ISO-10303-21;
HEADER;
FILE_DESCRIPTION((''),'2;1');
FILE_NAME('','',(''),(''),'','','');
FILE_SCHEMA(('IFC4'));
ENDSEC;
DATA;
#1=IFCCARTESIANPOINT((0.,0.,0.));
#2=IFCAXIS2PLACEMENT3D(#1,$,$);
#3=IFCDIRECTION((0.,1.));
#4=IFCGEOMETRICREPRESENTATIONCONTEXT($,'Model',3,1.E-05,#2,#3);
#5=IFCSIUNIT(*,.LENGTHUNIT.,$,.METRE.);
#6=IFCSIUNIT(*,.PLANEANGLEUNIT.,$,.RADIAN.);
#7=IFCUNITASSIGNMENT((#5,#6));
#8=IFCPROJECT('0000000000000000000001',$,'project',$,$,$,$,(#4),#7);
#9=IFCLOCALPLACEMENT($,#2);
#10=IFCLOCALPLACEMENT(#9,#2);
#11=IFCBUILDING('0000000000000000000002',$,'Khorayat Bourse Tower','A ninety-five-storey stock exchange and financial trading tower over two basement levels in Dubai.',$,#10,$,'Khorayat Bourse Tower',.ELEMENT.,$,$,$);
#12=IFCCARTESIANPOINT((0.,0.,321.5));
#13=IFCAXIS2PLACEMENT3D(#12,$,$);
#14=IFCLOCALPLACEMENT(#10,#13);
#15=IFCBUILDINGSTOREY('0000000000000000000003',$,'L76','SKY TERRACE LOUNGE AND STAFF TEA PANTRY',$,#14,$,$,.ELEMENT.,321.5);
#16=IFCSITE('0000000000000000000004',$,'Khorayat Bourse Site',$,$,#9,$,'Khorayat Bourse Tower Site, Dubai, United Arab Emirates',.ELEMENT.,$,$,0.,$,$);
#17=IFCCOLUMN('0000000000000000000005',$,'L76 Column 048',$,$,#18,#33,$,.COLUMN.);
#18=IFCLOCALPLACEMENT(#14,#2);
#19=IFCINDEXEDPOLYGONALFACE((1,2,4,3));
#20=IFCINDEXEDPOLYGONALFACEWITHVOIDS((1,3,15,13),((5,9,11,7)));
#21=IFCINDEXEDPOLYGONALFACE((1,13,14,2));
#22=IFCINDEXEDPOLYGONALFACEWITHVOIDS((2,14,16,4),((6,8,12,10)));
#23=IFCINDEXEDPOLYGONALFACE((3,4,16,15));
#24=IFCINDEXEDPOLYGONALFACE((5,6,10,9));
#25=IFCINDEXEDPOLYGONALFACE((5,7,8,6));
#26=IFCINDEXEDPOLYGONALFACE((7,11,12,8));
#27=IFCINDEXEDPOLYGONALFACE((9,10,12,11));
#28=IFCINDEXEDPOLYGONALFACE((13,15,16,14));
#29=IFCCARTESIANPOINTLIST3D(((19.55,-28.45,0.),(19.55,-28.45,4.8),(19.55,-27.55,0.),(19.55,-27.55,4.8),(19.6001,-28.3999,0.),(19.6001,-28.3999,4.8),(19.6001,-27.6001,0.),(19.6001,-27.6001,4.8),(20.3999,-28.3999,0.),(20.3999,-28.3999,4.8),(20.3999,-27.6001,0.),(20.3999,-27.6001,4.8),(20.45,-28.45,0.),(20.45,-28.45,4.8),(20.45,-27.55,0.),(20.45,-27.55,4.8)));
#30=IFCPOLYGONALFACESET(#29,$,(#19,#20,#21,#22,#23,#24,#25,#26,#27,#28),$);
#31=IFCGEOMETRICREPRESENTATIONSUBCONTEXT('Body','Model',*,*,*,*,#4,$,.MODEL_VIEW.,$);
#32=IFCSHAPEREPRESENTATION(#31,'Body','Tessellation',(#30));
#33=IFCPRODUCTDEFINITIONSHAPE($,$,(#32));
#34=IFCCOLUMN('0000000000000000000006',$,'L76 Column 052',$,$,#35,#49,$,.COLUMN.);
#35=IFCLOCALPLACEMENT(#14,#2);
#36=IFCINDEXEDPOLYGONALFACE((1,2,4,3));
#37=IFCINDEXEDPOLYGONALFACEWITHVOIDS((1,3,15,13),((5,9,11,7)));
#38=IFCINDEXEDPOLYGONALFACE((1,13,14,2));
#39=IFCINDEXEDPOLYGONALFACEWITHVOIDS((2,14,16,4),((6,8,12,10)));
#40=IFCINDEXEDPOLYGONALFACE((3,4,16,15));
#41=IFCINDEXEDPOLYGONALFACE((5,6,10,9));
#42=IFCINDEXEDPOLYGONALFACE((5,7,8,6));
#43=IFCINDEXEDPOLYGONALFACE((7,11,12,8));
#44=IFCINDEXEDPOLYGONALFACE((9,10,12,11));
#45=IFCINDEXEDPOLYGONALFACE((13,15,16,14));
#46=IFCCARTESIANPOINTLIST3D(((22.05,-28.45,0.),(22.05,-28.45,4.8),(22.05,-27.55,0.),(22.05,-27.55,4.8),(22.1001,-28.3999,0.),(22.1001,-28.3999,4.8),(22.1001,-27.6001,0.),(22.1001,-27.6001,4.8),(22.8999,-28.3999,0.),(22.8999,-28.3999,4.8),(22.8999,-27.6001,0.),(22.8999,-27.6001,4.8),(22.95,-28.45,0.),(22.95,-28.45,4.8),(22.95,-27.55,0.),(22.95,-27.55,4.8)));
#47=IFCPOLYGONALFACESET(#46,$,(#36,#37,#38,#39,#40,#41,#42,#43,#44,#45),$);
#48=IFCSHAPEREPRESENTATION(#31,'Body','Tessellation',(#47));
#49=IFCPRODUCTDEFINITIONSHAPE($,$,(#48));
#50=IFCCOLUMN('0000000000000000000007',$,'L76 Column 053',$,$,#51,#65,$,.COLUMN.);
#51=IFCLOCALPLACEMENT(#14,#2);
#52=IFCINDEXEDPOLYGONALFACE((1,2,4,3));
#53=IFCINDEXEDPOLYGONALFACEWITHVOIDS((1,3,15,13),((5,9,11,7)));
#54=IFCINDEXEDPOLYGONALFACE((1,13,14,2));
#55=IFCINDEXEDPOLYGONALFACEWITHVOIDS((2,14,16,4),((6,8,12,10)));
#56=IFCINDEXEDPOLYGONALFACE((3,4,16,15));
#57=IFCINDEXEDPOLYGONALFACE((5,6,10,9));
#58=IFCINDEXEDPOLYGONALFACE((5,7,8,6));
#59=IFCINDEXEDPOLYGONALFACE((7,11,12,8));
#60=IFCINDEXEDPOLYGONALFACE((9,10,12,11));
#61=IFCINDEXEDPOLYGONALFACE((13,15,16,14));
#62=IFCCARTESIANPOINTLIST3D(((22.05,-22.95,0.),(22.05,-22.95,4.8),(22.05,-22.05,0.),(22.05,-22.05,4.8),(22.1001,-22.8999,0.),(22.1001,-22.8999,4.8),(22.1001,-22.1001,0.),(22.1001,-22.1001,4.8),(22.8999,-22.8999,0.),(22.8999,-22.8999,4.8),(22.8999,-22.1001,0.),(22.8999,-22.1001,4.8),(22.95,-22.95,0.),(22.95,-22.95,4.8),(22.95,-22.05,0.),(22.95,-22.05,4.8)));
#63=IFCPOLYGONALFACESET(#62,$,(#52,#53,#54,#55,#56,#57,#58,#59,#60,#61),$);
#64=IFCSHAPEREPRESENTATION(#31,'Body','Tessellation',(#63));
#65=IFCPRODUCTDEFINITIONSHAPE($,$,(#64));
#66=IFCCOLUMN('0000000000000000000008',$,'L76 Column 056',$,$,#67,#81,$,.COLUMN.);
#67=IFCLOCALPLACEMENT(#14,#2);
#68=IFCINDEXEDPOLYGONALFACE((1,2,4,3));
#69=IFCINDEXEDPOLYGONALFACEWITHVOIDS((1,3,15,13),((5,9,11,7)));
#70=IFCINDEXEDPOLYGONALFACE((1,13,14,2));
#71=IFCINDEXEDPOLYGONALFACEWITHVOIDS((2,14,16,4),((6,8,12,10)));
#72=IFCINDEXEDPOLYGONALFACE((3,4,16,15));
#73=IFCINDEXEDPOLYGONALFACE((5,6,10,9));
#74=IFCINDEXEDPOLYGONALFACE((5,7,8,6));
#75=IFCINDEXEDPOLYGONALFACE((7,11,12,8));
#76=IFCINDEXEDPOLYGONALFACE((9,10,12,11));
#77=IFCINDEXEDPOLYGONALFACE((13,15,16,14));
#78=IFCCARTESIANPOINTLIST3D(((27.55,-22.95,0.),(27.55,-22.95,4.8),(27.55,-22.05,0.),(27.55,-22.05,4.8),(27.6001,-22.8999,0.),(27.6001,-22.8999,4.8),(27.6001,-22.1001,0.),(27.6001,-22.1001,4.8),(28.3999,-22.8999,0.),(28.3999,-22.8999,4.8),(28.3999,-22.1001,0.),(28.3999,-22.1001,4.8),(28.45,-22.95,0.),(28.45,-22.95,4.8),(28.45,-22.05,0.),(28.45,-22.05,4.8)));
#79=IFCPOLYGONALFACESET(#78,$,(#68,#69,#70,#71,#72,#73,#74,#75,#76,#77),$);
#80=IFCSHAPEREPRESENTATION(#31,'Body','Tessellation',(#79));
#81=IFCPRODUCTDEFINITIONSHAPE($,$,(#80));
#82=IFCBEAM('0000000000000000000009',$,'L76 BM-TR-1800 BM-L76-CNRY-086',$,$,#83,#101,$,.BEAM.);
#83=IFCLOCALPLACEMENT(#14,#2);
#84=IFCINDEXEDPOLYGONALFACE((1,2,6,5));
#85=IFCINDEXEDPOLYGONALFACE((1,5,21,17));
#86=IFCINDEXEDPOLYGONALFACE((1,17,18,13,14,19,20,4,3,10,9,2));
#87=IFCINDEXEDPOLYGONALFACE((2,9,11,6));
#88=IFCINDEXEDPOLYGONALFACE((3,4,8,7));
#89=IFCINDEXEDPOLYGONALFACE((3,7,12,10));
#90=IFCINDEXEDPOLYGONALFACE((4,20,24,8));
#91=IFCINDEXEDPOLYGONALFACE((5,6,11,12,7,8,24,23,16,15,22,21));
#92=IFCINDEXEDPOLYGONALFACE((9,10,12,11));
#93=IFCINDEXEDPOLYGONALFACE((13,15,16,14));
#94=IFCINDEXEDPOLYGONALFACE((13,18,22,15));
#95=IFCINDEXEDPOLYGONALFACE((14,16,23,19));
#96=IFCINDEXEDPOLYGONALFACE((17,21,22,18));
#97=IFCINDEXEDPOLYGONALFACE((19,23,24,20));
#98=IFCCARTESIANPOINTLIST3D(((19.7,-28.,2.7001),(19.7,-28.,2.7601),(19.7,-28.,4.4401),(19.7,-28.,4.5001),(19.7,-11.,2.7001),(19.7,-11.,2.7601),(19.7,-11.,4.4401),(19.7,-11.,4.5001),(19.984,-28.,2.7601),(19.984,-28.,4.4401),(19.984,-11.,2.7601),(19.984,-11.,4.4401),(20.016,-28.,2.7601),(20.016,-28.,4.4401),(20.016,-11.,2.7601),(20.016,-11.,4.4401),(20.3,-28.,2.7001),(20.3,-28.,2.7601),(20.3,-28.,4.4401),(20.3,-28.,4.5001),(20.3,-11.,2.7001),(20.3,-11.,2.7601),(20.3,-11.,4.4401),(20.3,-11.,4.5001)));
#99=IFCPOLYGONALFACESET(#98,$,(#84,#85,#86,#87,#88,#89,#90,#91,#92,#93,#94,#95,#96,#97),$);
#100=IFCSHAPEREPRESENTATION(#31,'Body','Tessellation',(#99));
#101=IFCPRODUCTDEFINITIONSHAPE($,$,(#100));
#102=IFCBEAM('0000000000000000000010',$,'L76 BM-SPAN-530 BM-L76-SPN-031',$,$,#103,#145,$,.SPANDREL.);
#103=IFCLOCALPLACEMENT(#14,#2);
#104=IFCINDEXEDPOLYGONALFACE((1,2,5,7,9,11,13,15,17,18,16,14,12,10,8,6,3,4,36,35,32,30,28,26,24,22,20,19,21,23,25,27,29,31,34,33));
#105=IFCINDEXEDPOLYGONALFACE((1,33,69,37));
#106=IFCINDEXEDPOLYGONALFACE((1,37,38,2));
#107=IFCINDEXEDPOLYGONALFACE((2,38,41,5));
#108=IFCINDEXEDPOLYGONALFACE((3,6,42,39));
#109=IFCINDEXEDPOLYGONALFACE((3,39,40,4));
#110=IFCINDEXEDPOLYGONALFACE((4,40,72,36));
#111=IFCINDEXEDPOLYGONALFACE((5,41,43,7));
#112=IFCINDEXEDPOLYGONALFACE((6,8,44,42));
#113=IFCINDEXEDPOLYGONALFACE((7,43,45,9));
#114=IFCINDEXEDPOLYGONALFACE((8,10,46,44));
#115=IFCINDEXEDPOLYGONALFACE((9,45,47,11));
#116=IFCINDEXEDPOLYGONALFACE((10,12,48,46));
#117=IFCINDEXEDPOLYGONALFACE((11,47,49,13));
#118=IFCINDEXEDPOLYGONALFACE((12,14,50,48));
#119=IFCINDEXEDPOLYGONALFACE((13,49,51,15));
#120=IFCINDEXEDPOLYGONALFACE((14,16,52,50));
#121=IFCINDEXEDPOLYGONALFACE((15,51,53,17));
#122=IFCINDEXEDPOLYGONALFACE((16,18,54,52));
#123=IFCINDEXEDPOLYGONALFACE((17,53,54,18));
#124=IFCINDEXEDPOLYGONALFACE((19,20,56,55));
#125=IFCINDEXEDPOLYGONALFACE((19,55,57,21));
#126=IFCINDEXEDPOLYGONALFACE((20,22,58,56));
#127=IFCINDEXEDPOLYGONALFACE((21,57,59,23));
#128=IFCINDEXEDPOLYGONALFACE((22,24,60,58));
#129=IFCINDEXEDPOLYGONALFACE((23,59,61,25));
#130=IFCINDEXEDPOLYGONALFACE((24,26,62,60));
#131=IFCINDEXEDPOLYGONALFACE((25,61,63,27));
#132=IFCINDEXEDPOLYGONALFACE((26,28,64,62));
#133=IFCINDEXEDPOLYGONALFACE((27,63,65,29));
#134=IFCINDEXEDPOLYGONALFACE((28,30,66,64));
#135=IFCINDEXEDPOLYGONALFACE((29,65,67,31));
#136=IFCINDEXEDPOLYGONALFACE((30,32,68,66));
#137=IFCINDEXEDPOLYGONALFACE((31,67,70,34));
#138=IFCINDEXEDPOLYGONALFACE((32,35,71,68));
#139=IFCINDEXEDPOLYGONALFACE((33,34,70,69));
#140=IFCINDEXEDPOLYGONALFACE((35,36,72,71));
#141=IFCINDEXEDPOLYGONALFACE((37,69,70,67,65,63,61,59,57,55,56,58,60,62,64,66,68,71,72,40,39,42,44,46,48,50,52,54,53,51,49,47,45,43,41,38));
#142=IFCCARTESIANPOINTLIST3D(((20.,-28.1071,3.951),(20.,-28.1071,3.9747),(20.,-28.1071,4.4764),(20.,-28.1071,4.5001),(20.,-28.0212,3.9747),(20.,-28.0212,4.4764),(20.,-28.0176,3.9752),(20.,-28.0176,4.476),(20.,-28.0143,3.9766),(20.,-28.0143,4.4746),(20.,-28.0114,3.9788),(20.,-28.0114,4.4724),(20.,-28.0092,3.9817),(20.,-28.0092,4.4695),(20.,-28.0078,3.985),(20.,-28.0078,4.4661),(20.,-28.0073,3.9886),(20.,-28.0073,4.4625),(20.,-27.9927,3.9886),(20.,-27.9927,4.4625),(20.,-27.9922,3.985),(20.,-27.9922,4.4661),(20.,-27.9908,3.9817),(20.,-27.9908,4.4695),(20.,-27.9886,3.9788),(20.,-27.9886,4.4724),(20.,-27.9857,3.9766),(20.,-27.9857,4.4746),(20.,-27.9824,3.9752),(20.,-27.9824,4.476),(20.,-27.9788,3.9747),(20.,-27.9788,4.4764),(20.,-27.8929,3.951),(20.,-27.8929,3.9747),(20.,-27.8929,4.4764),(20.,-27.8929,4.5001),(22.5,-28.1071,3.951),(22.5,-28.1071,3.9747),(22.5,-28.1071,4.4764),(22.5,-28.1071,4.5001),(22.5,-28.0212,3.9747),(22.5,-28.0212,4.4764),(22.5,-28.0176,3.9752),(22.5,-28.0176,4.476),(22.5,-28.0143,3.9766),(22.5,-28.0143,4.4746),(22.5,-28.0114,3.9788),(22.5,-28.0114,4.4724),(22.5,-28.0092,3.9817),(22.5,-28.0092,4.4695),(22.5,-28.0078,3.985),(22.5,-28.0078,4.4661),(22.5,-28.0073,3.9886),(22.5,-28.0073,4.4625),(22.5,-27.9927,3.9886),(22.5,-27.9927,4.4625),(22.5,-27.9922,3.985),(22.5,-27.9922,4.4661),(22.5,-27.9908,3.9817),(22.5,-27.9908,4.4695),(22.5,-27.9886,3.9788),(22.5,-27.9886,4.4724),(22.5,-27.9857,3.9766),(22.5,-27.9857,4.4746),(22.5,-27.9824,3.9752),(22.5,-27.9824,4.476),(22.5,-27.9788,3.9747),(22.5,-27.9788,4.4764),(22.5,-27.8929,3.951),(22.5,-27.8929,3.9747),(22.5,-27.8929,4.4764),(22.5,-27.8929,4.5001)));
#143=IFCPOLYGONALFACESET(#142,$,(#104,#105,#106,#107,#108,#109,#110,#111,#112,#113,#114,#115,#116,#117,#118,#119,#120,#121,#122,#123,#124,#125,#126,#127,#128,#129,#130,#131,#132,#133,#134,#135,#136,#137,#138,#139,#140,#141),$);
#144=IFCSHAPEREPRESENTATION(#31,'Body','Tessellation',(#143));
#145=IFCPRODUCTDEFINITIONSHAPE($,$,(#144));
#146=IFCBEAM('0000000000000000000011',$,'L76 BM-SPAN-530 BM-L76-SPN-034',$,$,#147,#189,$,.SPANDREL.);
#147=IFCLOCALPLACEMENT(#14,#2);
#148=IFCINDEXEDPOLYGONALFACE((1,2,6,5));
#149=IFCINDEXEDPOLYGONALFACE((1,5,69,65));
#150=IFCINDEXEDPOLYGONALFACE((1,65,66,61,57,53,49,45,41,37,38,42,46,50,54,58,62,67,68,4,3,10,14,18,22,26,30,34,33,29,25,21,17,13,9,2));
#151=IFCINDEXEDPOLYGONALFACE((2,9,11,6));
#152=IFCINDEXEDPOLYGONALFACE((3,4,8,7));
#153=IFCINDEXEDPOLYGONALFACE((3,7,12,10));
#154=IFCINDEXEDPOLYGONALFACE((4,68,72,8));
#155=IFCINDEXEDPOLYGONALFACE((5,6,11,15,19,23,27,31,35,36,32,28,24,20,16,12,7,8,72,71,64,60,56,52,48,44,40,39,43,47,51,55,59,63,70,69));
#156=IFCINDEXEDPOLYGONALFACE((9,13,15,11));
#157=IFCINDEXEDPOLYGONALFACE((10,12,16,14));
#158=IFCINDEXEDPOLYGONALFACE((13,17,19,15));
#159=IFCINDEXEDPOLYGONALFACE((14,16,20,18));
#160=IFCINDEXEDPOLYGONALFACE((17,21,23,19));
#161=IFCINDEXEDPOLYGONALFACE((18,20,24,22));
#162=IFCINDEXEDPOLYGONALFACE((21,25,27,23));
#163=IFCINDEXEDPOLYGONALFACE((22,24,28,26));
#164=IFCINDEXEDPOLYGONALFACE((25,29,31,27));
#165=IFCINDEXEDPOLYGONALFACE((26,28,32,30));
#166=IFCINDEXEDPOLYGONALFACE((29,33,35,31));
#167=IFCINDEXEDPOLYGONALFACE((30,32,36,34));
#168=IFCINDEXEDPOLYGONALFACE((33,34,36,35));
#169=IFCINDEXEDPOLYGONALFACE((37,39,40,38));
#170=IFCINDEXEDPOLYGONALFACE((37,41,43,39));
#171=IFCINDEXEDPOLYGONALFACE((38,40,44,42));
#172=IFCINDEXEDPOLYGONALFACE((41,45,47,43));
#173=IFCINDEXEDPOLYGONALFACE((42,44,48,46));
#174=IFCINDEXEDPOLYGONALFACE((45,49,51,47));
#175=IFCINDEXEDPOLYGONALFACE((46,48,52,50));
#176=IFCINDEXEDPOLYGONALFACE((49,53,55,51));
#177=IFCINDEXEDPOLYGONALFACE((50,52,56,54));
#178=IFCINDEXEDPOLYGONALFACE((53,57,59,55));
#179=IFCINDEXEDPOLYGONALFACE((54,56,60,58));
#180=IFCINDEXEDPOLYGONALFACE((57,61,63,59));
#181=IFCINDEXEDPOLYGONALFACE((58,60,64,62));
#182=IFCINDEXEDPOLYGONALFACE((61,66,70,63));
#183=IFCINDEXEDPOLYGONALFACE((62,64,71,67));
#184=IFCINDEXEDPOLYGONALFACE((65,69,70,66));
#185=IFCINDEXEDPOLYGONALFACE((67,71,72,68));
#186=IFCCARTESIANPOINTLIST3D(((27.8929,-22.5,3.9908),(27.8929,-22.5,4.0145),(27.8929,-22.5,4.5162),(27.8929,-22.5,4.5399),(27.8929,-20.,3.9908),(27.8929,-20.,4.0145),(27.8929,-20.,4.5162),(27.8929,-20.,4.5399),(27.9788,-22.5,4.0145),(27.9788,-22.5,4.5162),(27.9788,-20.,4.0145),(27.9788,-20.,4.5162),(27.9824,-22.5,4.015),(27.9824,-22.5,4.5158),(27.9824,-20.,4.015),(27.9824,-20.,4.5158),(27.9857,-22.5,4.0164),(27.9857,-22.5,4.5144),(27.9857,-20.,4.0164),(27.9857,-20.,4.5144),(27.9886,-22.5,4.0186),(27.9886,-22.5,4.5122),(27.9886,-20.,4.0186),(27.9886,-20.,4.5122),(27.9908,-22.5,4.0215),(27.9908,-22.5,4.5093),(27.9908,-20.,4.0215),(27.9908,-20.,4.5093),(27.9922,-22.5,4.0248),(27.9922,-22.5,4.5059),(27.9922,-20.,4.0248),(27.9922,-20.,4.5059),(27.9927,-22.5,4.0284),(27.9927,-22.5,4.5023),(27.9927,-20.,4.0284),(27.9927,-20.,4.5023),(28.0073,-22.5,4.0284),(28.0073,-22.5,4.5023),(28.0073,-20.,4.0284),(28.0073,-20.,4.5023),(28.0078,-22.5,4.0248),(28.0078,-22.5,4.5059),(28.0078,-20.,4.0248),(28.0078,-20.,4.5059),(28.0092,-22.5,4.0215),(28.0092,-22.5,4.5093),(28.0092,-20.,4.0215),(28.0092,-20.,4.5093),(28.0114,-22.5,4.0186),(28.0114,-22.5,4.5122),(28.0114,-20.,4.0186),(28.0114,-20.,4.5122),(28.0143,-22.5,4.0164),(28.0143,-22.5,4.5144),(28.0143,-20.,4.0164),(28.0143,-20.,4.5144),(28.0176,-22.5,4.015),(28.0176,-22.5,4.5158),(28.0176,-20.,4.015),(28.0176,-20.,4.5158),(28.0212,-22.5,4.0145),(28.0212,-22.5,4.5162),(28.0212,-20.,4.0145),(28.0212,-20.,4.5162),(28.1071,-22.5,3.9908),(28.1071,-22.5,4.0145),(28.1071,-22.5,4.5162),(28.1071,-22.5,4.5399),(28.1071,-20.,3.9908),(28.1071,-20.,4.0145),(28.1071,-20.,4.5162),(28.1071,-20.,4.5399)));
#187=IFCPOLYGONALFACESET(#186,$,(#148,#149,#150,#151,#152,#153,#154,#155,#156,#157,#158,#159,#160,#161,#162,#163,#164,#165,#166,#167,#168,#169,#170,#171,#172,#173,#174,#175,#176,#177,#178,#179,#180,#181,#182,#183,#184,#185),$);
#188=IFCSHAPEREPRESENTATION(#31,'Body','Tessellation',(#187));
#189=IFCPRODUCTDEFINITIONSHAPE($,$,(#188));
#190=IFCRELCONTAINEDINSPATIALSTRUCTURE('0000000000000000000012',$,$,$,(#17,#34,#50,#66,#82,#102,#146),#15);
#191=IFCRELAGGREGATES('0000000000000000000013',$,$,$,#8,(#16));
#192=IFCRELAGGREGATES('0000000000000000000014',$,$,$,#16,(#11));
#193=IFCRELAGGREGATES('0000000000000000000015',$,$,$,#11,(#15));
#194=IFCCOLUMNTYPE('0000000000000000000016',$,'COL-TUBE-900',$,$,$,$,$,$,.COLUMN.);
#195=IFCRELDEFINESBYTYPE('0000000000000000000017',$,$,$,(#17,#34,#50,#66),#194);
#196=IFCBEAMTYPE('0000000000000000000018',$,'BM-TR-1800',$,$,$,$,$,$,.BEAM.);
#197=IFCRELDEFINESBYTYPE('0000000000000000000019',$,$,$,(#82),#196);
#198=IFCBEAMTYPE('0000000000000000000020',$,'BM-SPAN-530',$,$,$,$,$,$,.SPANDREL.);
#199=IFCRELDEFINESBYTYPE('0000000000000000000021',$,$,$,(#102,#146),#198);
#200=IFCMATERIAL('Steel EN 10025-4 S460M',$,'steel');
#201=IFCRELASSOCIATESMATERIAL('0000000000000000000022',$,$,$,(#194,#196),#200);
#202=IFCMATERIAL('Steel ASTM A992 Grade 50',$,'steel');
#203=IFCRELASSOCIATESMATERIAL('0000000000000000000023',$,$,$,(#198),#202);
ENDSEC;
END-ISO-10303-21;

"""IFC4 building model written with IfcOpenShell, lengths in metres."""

from ifc_helpers import new_model, si_unit, direction, frame, origin, origin_2d, place, context, subcontext, project, spatial, hollow_rectangle, i_section, extrude, source, transform, mapped, material, material_profile, profile_set, type_object, element, save


model = new_model("IFC4")

# Units and contexts
model_context = context("Model", 3, precision=1e-05, world=origin(), true_north=direction((0.0, 1.0)))
body_context = subcontext(model_context, "Body", "Model", "MODEL_VIEW")
ifc_project = project(units=[si_unit("LENGTHUNIT", "METRE"), si_unit("PLANEANGLEUNIT", "RADIAN")], contexts=[model_context])

# Site, building, storey
site_placement = place(None, origin())
site = spatial("IfcSite", under=ifc_project, at=site_placement, Name="Khorayat Bourse Site", LongName="Khorayat Bourse Tower Site, Dubai, United Arab Emirates", CompositionType="ELEMENT", RefElevation=0.0)
building_placement = place(site_placement, origin())
building = spatial("IfcBuilding", under=site, at=building_placement, Name="Khorayat Bourse Tower", Description="A ninety-five-storey stock exchange and financial trading tower over two basement levels in Dubai.", LongName="Khorayat Bourse Tower", CompositionType="ELEMENT")
storey_placement = place(building_placement, frame((0.0, 0.0, 321.5)))
storey = spatial("IfcBuildingStorey", under=building, at=storey_placement, Name="L76", Description="SKY TERRACE LOUNGE AND STAFF TEA PANTRY", CompositionType="ELEMENT", Elevation=321.5)

# Columns
ifc_material_1 = material(Name="Steel EN 10025-4 S460M", Category="steel")
ifc_material_profile_1 = material_profile(ifc_material_1, hollow_rectangle(XDim=0.8999, YDim=0.8999, WallThickness=0.05, at=origin_2d()), Name="BOX 900x900x50")
ifc_profile_set_1 = profile_set([ifc_material_profile_1], Name="Steel EN 10025-4 S460M")
column_type = type_object("IfcColumnType", Name="COL-TUBE-900", PredefinedType="COLUMN", material=ifc_profile_set_1)
shared_shape_1 = source(origin(), body_context, "Body", "SweptSolid", [
    extrude(hollow_rectangle(XDim=0.8999, YDim=0.8999, WallThickness=0.05, at=origin_2d()), origin(), (0.0, 0.0, 1.0), 4.8),
])
for number, where, z_axis, x_axis, name in (
    (1, (20.0, -28.0, 0.0), (0.0, 0.0, 1.0), (1.0, 0.0, 0.0), "L76 Column 048"),
    (2, (22.5, -28.0, 0.0), (0.0, 0.0, 1.0), (1.0, 0.0, 0.0), "L76 Column 052"),
    (3, (22.5, -22.5, 0.0), (0.0, 0.0, 1.0), (1.0, 0.0, 0.0), "L76 Column 053"),
    (4, (28.0, -22.5, 0.0), (0.0, 0.0, 1.0), (1.0, 0.0, 0.0), "L76 Column 056"),
):
    element("IfcColumn", number, at=place(storey_placement, frame(where, z_axis=z_axis, x_axis=x_axis)), inside=storey, type_object=column_type, Name=name, PredefinedType="COLUMN", context=body_context, shape_type="MappedRepresentation", body=[
        mapped(shared_shape_1, transform((0.0, 0.0, 0.0), scale=1.0)),
    ])

# Beams
ifc_material_profile_2 = material_profile(ifc_material_1, i_section(OverallWidth=0.6001, OverallDepth=1.8, WebThickness=0.032, FlangeThickness=0.0601, at=origin_2d()), Name="PG 1800x600x32x60")
ifc_profile_set_2 = profile_set([ifc_material_profile_2], Name="Steel EN 10025-4 S460M")
beam_type_1 = type_object("IfcBeamType", Name="BM-TR-1800", PredefinedType="BEAM", material=ifc_profile_set_2)
shared_shape_2 = source(origin(), body_context, "Body", "SweptSolid", [
    extrude(i_section(OverallWidth=0.6001, OverallDepth=1.8, WebThickness=0.032, FlangeThickness=0.0601, at=origin_2d()), origin(), (0.0, 0.0, 1.0), 17.0),
])
beam_1_placement = place(storey_placement, frame((20.0, -28.0, 3.6001), z_axis=(0.0, 1.0, 0.0), x_axis=(-1.0, 0.0, 0.0)))
element("IfcBeam", 5, at=beam_1_placement, inside=storey, type_object=beam_type_1, Name="L76 BM-TR-1800 BM-L76-CNRY-086", PredefinedType="BEAM", context=body_context, shape_type="MappedRepresentation", body=[
    mapped(shared_shape_2, transform((0.0, 0.0, 0.0), scale=1.0)),
])
ifc_material_2 = material(Name="Steel ASTM A992 Grade 50", Category="steel")
ifc_material_profile_3 = material_profile(ifc_material_2, i_section(OverallWidth=0.2141, OverallDepth=0.5491, WebThickness=0.0146, FlangeThickness=0.0237, FilletRadius=0.0139, at=origin_2d()), Name="W530X138")
ifc_profile_set_3 = profile_set([ifc_material_profile_3], Name="Steel ASTM A992 Grade 50")
beam_type_2 = type_object("IfcBeamType", Name="BM-SPAN-530", PredefinedType="SPANDREL", material=ifc_profile_set_3)
shared_shape_3 = source(origin(), body_context, "Body", "SweptSolid", [
    extrude(i_section(OverallWidth=0.2141, OverallDepth=0.5491, WebThickness=0.0146, FlangeThickness=0.0237, FilletRadius=0.0139, at=origin_2d()), origin(), (0.0, 0.0, 1.0), 2.5),
])
for number, where, z_axis, x_axis, name in (
    (6, (20.0, -28.0, 4.2256), (1.0, 0.0, 0.0), (0.0, 1.0, 0.0), "L76 BM-SPAN-530 BM-L76-SPN-031"),
    (7, (28.0, -22.5, 4.2654), (0.0, 1.0, 0.0), (-1.0, 0.0, 0.0), "L76 BM-SPAN-530 BM-L76-SPN-034"),
):
    element("IfcBeam", number, at=place(storey_placement, frame(where, z_axis=z_axis, x_axis=x_axis)), inside=storey, type_object=beam_type_2, Name=name, PredefinedType="SPANDREL", context=body_context, shape_type="MappedRepresentation", body=[
        mapped(shared_shape_3, transform((0.0, 0.0, 0.0), scale=1.0)),
    ])

save(model, "model.ifc")
